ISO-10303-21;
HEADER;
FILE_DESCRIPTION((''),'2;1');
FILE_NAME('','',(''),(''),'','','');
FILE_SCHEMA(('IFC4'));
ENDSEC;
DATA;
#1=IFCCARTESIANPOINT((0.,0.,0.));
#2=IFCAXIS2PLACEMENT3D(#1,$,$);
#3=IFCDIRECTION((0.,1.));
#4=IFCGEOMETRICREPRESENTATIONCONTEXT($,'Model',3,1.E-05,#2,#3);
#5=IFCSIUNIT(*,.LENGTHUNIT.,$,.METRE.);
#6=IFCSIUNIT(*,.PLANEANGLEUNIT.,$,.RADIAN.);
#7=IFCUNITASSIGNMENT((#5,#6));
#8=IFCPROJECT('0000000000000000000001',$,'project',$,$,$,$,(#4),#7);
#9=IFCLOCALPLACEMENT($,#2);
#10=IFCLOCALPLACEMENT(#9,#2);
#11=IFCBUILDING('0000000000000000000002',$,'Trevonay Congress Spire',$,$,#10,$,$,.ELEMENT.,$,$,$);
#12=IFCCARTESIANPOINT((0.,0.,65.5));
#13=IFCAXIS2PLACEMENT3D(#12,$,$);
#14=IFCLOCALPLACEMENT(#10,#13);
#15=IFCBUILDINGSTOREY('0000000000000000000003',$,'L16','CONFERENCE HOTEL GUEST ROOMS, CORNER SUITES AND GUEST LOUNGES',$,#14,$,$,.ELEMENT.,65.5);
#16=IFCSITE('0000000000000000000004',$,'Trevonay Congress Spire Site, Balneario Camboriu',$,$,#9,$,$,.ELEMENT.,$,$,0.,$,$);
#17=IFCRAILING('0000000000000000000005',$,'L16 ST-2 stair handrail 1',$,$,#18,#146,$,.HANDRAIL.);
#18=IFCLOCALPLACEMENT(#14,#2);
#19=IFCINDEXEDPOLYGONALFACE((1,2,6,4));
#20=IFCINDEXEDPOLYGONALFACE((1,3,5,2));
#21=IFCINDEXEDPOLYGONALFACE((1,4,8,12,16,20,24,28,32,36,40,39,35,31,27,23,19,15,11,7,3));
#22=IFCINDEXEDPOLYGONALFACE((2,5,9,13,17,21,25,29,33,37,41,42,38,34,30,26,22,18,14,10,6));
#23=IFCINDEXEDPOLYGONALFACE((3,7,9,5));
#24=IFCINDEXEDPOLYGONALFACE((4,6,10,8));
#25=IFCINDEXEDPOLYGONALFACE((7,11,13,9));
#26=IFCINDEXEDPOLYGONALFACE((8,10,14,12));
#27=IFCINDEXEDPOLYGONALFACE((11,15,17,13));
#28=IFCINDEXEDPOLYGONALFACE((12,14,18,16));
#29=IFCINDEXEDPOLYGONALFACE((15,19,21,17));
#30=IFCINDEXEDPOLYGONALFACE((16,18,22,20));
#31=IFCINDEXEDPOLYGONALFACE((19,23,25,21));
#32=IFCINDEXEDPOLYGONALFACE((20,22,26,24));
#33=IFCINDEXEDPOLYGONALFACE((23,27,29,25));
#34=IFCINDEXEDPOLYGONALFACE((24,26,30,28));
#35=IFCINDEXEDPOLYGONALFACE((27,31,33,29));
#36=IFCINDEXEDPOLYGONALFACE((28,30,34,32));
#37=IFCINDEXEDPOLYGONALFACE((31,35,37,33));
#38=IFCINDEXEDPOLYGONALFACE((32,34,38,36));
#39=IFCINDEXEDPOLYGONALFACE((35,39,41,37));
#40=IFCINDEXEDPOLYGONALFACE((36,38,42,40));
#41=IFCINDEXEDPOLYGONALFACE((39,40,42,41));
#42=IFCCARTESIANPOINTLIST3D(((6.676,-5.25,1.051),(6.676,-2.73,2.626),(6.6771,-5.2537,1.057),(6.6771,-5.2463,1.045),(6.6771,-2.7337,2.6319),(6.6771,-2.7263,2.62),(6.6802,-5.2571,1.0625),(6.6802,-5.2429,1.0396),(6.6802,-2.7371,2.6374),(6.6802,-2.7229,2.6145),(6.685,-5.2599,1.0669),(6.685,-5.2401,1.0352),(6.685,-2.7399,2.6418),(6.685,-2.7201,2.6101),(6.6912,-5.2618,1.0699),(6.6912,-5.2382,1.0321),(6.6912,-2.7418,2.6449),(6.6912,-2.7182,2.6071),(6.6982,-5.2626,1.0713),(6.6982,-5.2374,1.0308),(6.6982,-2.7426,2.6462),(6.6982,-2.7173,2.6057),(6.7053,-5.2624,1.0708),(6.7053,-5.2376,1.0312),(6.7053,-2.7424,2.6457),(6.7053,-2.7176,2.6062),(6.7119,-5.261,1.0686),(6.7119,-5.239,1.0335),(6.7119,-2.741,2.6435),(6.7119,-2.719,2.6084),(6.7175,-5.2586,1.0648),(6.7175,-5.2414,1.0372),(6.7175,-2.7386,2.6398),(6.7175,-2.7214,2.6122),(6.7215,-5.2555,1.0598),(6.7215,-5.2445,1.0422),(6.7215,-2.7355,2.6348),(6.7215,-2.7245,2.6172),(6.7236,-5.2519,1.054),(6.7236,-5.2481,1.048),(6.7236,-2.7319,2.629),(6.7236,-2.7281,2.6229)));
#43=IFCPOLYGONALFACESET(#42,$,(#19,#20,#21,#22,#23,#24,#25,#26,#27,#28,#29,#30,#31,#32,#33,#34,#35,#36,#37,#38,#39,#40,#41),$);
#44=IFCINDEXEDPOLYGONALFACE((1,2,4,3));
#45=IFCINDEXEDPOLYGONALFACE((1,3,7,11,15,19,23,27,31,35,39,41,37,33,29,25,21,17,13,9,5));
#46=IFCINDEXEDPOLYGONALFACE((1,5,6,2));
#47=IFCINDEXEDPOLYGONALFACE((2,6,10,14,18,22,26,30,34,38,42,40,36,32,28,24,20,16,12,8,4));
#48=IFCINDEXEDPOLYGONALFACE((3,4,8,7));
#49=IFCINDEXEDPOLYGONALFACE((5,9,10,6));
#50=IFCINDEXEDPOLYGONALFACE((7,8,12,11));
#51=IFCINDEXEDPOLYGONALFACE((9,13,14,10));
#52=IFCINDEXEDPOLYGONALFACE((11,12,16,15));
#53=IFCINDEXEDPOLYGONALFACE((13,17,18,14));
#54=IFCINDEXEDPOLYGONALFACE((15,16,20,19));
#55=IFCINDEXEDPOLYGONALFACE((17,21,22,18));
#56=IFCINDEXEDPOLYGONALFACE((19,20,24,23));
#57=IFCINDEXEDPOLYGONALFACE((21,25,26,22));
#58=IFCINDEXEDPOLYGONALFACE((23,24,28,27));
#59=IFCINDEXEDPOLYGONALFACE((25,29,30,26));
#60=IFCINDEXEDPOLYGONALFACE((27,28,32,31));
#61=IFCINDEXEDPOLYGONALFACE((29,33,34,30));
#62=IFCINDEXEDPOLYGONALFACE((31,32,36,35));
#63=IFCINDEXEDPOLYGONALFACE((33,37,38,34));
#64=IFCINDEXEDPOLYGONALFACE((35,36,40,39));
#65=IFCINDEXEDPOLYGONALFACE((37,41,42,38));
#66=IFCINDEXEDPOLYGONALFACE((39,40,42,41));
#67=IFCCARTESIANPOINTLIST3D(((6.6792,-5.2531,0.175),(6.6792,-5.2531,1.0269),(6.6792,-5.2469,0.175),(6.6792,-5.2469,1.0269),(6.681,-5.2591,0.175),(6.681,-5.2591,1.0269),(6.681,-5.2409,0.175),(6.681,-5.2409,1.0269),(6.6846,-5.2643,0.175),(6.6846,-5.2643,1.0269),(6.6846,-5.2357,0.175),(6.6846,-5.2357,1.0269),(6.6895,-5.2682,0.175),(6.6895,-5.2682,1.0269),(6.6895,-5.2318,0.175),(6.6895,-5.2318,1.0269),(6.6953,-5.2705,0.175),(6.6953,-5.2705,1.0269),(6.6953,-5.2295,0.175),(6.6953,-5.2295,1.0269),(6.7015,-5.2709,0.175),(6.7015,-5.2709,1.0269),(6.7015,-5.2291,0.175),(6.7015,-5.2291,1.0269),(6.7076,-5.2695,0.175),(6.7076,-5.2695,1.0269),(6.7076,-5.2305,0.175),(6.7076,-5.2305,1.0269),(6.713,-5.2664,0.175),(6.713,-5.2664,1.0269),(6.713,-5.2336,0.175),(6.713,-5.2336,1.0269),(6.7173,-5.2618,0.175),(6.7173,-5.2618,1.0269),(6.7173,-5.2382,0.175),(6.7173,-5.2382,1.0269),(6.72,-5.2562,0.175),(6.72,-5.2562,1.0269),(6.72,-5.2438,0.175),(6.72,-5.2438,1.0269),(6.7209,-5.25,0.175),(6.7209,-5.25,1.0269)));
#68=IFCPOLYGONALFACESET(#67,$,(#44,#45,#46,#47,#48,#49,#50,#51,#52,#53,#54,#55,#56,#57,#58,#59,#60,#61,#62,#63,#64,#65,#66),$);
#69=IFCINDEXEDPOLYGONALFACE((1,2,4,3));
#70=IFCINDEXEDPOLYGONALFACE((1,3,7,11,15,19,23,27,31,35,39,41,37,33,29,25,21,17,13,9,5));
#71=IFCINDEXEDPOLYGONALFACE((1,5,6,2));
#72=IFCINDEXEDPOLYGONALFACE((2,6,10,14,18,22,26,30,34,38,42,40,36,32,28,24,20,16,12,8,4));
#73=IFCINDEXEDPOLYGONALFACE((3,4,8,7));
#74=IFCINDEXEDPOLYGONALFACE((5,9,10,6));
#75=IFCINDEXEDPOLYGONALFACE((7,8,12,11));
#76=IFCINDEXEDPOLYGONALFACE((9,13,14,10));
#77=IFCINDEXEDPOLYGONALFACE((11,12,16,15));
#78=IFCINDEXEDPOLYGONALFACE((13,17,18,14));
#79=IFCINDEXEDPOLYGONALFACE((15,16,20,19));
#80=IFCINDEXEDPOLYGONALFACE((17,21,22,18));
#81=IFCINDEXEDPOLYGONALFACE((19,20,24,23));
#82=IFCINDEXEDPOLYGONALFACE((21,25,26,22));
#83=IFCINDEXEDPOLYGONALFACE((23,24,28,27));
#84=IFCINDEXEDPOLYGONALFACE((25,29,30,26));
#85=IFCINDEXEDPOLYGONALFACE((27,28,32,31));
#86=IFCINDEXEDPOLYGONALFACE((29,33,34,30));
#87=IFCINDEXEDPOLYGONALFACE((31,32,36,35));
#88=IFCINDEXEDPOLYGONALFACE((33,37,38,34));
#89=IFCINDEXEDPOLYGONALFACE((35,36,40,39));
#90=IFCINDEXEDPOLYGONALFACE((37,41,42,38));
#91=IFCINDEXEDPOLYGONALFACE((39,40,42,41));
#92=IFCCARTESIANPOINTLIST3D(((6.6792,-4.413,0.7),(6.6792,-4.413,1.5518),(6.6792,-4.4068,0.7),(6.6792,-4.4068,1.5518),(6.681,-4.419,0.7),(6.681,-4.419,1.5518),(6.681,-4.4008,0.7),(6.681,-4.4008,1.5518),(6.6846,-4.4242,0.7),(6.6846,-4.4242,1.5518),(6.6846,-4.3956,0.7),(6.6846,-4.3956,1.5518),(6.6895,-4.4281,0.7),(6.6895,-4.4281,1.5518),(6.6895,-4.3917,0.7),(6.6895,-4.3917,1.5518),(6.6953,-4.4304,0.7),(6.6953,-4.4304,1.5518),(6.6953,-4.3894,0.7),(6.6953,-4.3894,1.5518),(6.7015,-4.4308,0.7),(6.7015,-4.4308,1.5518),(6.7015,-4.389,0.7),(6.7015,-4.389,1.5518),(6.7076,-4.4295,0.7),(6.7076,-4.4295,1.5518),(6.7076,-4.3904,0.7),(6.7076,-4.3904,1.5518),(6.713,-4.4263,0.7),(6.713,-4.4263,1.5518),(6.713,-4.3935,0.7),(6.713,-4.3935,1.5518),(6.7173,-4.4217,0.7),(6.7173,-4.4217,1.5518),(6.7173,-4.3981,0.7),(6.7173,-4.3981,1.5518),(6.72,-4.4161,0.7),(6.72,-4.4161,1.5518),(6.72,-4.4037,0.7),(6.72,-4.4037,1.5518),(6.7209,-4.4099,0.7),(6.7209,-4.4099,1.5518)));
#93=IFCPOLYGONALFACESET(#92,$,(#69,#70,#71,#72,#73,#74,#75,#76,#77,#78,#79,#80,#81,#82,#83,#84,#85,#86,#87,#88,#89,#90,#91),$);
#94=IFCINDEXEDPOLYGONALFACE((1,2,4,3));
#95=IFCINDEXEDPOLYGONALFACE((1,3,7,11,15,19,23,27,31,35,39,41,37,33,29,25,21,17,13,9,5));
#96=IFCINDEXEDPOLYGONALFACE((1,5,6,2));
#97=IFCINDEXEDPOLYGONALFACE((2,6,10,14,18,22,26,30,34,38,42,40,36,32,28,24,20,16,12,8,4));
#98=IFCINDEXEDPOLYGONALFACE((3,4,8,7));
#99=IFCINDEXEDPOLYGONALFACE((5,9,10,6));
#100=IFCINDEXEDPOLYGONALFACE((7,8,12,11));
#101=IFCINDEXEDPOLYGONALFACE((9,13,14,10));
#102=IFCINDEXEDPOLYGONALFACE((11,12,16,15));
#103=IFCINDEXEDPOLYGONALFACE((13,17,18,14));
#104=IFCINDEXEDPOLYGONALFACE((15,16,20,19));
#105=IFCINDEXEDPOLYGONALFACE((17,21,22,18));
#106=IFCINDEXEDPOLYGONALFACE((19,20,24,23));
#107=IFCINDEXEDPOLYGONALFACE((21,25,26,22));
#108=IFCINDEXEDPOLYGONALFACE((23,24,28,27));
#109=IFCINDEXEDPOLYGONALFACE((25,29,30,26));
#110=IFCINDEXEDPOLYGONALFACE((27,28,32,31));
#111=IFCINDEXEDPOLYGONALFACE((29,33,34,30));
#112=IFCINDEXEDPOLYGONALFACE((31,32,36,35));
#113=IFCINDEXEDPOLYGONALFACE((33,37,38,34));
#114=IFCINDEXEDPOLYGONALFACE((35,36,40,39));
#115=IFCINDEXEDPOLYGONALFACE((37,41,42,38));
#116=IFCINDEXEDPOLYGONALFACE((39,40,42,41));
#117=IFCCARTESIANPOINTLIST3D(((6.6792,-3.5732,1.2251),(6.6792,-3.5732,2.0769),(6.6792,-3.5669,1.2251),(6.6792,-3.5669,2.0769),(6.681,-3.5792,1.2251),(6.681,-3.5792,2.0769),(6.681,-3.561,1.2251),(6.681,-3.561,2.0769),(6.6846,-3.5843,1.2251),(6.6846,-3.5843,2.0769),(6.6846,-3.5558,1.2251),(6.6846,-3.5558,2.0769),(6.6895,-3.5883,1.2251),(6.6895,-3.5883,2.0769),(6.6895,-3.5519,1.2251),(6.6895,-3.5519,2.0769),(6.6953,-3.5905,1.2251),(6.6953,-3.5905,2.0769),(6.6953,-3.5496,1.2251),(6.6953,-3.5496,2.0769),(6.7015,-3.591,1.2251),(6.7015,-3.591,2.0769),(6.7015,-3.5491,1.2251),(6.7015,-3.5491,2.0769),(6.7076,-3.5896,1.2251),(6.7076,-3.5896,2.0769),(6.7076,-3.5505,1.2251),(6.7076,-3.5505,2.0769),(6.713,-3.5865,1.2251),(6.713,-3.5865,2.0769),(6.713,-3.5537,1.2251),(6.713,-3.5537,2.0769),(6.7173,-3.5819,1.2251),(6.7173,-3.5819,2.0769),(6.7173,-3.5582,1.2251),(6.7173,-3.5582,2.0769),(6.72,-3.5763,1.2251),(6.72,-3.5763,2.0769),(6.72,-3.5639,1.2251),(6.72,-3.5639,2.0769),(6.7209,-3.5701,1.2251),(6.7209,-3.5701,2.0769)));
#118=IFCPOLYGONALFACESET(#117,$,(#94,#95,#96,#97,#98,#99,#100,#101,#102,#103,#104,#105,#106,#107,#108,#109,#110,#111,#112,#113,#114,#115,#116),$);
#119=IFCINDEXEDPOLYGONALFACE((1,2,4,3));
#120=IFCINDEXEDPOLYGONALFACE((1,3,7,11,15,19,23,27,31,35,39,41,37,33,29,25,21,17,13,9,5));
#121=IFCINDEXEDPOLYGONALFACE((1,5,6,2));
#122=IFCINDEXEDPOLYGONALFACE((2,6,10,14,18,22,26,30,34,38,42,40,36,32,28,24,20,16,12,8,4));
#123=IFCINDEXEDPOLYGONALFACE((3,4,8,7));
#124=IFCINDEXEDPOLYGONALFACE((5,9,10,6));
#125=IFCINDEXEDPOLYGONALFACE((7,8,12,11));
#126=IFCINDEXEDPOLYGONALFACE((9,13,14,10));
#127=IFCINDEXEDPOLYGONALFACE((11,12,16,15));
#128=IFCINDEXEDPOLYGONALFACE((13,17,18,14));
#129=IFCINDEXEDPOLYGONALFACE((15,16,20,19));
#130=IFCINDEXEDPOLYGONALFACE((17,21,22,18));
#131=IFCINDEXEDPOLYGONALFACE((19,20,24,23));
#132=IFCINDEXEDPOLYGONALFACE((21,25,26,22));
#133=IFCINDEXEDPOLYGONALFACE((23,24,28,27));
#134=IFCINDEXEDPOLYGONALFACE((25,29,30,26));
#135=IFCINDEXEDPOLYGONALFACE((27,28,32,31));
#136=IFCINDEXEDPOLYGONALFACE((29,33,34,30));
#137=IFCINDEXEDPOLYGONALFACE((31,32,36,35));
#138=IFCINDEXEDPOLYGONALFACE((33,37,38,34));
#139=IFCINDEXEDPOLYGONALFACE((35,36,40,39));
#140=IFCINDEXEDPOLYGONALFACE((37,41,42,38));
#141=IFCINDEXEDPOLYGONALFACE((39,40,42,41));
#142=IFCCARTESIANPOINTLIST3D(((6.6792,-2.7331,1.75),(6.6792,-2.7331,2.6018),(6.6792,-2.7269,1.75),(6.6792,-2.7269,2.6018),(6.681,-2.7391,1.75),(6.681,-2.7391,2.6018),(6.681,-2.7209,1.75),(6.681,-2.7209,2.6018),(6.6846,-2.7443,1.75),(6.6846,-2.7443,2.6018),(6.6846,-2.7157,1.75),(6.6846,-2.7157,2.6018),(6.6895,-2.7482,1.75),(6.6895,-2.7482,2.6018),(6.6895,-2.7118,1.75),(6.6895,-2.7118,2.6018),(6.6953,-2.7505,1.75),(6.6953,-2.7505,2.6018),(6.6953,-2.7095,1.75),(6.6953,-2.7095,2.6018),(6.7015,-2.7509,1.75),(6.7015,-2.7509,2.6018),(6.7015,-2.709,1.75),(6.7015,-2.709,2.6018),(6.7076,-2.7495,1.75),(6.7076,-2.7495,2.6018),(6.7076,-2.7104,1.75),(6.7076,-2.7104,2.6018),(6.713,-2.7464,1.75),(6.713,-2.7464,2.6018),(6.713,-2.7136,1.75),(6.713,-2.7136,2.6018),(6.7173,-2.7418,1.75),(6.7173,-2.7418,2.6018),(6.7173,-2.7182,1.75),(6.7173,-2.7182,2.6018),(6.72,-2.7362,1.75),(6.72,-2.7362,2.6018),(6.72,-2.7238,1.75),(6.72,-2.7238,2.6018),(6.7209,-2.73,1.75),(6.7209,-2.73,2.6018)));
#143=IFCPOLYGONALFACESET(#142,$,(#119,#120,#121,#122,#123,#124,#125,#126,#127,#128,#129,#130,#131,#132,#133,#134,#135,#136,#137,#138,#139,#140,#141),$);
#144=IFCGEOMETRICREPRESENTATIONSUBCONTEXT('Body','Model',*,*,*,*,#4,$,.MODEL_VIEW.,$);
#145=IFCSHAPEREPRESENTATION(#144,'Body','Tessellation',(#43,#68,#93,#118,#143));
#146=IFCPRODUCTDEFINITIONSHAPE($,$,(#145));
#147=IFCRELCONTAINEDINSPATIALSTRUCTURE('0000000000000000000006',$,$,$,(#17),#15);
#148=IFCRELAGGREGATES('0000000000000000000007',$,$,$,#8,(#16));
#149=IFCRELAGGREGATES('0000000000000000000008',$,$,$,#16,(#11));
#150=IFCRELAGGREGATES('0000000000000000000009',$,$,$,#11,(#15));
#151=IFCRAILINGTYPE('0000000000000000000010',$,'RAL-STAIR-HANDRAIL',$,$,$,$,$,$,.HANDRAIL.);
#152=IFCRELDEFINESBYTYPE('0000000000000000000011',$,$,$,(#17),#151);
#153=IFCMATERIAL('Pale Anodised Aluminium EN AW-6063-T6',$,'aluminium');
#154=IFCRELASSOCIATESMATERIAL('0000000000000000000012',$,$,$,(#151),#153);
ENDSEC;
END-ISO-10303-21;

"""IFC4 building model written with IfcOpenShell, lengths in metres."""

from ifc_helpers import new_model, si_unit, direction, frame, origin, origin_2d, place, context, subcontext, project, spatial, circle, extrude, material, type_object, element, save


model = new_model("IFC4")

# Units and contexts
model_context = context("Model", 3, precision=1e-05, world=origin(), true_north=direction((0.0, 1.0)))
body_context = subcontext(model_context, "Body", "Model", "MODEL_VIEW")
ifc_project = project(units=[si_unit("LENGTHUNIT", "METRE"), si_unit("PLANEANGLEUNIT", "RADIAN")], contexts=[model_context])

# Site, building, storey
site_placement = place(None, origin())
site = spatial("IfcSite", under=ifc_project, at=site_placement, Name="Trevonay Congress Spire Site, Balneario Camboriu", CompositionType="ELEMENT", RefElevation=0.0)
building_placement = place(site_placement, origin())
building = spatial("IfcBuilding", under=site, at=building_placement, Name="Trevonay Congress Spire", CompositionType="ELEMENT")
storey_placement = place(building_placement, frame((0.0, 0.0, 65.5)))
storey = spatial("IfcBuildingStorey", under=building, at=storey_placement, Name="L16", Description="CONFERENCE HOTEL GUEST ROOMS, CORNER SUITES AND GUEST LOUNGES", CompositionType="ELEMENT", Elevation=65.5)

# Shared definitions
ifc_material_1 = material(Name="Pale Anodised Aluminium EN AW-6063-T6", Category="aluminium")

# Railing
railing_type_1 = type_object("IfcRailingType", Name="RAL-STAIR-HANDRAIL", PredefinedType="HANDRAIL", material=ifc_material_1)
railing_1_placement = place(storey_placement, frame((6.7, -5.25, 0.175)))
element("IfcRailing", 1, at=railing_1_placement, inside=storey, type_object=railing_type_1, Name="L16 ST-2 stair handrail 1", PredefinedType="HANDRAIL", context=body_context, shape_type="SweptSolid", body=[
    extrude(circle(Radius=0.0239, at=origin_2d()), frame((0.0, 0.0, 0.876), z_axis=(0.0, 0.848008, 0.529984), x_axis=(-1.0, 0.0, 0.0)), (0.0, 0.0, 1.0), 2.9717),
    extrude(circle(Radius=0.021, at=origin_2d()), origin(), (0.0, 0.0, 1.0), 0.8518),
    extrude(circle(Radius=0.021, at=origin_2d()), frame((0.0, 0.8401, 0.5249)), (0.0, 0.0, 1.0), 0.8518),
    extrude(circle(Radius=0.021, at=origin_2d()), frame((0.0, 1.6799, 1.05)), (0.0, 0.0, 1.0), 0.8518),
    extrude(circle(Radius=0.021, at=origin_2d()), frame((0.0, 2.52, 1.575)), (0.0, 0.0, 1.0), 0.8518),
])

save(model, "model.ifc")
